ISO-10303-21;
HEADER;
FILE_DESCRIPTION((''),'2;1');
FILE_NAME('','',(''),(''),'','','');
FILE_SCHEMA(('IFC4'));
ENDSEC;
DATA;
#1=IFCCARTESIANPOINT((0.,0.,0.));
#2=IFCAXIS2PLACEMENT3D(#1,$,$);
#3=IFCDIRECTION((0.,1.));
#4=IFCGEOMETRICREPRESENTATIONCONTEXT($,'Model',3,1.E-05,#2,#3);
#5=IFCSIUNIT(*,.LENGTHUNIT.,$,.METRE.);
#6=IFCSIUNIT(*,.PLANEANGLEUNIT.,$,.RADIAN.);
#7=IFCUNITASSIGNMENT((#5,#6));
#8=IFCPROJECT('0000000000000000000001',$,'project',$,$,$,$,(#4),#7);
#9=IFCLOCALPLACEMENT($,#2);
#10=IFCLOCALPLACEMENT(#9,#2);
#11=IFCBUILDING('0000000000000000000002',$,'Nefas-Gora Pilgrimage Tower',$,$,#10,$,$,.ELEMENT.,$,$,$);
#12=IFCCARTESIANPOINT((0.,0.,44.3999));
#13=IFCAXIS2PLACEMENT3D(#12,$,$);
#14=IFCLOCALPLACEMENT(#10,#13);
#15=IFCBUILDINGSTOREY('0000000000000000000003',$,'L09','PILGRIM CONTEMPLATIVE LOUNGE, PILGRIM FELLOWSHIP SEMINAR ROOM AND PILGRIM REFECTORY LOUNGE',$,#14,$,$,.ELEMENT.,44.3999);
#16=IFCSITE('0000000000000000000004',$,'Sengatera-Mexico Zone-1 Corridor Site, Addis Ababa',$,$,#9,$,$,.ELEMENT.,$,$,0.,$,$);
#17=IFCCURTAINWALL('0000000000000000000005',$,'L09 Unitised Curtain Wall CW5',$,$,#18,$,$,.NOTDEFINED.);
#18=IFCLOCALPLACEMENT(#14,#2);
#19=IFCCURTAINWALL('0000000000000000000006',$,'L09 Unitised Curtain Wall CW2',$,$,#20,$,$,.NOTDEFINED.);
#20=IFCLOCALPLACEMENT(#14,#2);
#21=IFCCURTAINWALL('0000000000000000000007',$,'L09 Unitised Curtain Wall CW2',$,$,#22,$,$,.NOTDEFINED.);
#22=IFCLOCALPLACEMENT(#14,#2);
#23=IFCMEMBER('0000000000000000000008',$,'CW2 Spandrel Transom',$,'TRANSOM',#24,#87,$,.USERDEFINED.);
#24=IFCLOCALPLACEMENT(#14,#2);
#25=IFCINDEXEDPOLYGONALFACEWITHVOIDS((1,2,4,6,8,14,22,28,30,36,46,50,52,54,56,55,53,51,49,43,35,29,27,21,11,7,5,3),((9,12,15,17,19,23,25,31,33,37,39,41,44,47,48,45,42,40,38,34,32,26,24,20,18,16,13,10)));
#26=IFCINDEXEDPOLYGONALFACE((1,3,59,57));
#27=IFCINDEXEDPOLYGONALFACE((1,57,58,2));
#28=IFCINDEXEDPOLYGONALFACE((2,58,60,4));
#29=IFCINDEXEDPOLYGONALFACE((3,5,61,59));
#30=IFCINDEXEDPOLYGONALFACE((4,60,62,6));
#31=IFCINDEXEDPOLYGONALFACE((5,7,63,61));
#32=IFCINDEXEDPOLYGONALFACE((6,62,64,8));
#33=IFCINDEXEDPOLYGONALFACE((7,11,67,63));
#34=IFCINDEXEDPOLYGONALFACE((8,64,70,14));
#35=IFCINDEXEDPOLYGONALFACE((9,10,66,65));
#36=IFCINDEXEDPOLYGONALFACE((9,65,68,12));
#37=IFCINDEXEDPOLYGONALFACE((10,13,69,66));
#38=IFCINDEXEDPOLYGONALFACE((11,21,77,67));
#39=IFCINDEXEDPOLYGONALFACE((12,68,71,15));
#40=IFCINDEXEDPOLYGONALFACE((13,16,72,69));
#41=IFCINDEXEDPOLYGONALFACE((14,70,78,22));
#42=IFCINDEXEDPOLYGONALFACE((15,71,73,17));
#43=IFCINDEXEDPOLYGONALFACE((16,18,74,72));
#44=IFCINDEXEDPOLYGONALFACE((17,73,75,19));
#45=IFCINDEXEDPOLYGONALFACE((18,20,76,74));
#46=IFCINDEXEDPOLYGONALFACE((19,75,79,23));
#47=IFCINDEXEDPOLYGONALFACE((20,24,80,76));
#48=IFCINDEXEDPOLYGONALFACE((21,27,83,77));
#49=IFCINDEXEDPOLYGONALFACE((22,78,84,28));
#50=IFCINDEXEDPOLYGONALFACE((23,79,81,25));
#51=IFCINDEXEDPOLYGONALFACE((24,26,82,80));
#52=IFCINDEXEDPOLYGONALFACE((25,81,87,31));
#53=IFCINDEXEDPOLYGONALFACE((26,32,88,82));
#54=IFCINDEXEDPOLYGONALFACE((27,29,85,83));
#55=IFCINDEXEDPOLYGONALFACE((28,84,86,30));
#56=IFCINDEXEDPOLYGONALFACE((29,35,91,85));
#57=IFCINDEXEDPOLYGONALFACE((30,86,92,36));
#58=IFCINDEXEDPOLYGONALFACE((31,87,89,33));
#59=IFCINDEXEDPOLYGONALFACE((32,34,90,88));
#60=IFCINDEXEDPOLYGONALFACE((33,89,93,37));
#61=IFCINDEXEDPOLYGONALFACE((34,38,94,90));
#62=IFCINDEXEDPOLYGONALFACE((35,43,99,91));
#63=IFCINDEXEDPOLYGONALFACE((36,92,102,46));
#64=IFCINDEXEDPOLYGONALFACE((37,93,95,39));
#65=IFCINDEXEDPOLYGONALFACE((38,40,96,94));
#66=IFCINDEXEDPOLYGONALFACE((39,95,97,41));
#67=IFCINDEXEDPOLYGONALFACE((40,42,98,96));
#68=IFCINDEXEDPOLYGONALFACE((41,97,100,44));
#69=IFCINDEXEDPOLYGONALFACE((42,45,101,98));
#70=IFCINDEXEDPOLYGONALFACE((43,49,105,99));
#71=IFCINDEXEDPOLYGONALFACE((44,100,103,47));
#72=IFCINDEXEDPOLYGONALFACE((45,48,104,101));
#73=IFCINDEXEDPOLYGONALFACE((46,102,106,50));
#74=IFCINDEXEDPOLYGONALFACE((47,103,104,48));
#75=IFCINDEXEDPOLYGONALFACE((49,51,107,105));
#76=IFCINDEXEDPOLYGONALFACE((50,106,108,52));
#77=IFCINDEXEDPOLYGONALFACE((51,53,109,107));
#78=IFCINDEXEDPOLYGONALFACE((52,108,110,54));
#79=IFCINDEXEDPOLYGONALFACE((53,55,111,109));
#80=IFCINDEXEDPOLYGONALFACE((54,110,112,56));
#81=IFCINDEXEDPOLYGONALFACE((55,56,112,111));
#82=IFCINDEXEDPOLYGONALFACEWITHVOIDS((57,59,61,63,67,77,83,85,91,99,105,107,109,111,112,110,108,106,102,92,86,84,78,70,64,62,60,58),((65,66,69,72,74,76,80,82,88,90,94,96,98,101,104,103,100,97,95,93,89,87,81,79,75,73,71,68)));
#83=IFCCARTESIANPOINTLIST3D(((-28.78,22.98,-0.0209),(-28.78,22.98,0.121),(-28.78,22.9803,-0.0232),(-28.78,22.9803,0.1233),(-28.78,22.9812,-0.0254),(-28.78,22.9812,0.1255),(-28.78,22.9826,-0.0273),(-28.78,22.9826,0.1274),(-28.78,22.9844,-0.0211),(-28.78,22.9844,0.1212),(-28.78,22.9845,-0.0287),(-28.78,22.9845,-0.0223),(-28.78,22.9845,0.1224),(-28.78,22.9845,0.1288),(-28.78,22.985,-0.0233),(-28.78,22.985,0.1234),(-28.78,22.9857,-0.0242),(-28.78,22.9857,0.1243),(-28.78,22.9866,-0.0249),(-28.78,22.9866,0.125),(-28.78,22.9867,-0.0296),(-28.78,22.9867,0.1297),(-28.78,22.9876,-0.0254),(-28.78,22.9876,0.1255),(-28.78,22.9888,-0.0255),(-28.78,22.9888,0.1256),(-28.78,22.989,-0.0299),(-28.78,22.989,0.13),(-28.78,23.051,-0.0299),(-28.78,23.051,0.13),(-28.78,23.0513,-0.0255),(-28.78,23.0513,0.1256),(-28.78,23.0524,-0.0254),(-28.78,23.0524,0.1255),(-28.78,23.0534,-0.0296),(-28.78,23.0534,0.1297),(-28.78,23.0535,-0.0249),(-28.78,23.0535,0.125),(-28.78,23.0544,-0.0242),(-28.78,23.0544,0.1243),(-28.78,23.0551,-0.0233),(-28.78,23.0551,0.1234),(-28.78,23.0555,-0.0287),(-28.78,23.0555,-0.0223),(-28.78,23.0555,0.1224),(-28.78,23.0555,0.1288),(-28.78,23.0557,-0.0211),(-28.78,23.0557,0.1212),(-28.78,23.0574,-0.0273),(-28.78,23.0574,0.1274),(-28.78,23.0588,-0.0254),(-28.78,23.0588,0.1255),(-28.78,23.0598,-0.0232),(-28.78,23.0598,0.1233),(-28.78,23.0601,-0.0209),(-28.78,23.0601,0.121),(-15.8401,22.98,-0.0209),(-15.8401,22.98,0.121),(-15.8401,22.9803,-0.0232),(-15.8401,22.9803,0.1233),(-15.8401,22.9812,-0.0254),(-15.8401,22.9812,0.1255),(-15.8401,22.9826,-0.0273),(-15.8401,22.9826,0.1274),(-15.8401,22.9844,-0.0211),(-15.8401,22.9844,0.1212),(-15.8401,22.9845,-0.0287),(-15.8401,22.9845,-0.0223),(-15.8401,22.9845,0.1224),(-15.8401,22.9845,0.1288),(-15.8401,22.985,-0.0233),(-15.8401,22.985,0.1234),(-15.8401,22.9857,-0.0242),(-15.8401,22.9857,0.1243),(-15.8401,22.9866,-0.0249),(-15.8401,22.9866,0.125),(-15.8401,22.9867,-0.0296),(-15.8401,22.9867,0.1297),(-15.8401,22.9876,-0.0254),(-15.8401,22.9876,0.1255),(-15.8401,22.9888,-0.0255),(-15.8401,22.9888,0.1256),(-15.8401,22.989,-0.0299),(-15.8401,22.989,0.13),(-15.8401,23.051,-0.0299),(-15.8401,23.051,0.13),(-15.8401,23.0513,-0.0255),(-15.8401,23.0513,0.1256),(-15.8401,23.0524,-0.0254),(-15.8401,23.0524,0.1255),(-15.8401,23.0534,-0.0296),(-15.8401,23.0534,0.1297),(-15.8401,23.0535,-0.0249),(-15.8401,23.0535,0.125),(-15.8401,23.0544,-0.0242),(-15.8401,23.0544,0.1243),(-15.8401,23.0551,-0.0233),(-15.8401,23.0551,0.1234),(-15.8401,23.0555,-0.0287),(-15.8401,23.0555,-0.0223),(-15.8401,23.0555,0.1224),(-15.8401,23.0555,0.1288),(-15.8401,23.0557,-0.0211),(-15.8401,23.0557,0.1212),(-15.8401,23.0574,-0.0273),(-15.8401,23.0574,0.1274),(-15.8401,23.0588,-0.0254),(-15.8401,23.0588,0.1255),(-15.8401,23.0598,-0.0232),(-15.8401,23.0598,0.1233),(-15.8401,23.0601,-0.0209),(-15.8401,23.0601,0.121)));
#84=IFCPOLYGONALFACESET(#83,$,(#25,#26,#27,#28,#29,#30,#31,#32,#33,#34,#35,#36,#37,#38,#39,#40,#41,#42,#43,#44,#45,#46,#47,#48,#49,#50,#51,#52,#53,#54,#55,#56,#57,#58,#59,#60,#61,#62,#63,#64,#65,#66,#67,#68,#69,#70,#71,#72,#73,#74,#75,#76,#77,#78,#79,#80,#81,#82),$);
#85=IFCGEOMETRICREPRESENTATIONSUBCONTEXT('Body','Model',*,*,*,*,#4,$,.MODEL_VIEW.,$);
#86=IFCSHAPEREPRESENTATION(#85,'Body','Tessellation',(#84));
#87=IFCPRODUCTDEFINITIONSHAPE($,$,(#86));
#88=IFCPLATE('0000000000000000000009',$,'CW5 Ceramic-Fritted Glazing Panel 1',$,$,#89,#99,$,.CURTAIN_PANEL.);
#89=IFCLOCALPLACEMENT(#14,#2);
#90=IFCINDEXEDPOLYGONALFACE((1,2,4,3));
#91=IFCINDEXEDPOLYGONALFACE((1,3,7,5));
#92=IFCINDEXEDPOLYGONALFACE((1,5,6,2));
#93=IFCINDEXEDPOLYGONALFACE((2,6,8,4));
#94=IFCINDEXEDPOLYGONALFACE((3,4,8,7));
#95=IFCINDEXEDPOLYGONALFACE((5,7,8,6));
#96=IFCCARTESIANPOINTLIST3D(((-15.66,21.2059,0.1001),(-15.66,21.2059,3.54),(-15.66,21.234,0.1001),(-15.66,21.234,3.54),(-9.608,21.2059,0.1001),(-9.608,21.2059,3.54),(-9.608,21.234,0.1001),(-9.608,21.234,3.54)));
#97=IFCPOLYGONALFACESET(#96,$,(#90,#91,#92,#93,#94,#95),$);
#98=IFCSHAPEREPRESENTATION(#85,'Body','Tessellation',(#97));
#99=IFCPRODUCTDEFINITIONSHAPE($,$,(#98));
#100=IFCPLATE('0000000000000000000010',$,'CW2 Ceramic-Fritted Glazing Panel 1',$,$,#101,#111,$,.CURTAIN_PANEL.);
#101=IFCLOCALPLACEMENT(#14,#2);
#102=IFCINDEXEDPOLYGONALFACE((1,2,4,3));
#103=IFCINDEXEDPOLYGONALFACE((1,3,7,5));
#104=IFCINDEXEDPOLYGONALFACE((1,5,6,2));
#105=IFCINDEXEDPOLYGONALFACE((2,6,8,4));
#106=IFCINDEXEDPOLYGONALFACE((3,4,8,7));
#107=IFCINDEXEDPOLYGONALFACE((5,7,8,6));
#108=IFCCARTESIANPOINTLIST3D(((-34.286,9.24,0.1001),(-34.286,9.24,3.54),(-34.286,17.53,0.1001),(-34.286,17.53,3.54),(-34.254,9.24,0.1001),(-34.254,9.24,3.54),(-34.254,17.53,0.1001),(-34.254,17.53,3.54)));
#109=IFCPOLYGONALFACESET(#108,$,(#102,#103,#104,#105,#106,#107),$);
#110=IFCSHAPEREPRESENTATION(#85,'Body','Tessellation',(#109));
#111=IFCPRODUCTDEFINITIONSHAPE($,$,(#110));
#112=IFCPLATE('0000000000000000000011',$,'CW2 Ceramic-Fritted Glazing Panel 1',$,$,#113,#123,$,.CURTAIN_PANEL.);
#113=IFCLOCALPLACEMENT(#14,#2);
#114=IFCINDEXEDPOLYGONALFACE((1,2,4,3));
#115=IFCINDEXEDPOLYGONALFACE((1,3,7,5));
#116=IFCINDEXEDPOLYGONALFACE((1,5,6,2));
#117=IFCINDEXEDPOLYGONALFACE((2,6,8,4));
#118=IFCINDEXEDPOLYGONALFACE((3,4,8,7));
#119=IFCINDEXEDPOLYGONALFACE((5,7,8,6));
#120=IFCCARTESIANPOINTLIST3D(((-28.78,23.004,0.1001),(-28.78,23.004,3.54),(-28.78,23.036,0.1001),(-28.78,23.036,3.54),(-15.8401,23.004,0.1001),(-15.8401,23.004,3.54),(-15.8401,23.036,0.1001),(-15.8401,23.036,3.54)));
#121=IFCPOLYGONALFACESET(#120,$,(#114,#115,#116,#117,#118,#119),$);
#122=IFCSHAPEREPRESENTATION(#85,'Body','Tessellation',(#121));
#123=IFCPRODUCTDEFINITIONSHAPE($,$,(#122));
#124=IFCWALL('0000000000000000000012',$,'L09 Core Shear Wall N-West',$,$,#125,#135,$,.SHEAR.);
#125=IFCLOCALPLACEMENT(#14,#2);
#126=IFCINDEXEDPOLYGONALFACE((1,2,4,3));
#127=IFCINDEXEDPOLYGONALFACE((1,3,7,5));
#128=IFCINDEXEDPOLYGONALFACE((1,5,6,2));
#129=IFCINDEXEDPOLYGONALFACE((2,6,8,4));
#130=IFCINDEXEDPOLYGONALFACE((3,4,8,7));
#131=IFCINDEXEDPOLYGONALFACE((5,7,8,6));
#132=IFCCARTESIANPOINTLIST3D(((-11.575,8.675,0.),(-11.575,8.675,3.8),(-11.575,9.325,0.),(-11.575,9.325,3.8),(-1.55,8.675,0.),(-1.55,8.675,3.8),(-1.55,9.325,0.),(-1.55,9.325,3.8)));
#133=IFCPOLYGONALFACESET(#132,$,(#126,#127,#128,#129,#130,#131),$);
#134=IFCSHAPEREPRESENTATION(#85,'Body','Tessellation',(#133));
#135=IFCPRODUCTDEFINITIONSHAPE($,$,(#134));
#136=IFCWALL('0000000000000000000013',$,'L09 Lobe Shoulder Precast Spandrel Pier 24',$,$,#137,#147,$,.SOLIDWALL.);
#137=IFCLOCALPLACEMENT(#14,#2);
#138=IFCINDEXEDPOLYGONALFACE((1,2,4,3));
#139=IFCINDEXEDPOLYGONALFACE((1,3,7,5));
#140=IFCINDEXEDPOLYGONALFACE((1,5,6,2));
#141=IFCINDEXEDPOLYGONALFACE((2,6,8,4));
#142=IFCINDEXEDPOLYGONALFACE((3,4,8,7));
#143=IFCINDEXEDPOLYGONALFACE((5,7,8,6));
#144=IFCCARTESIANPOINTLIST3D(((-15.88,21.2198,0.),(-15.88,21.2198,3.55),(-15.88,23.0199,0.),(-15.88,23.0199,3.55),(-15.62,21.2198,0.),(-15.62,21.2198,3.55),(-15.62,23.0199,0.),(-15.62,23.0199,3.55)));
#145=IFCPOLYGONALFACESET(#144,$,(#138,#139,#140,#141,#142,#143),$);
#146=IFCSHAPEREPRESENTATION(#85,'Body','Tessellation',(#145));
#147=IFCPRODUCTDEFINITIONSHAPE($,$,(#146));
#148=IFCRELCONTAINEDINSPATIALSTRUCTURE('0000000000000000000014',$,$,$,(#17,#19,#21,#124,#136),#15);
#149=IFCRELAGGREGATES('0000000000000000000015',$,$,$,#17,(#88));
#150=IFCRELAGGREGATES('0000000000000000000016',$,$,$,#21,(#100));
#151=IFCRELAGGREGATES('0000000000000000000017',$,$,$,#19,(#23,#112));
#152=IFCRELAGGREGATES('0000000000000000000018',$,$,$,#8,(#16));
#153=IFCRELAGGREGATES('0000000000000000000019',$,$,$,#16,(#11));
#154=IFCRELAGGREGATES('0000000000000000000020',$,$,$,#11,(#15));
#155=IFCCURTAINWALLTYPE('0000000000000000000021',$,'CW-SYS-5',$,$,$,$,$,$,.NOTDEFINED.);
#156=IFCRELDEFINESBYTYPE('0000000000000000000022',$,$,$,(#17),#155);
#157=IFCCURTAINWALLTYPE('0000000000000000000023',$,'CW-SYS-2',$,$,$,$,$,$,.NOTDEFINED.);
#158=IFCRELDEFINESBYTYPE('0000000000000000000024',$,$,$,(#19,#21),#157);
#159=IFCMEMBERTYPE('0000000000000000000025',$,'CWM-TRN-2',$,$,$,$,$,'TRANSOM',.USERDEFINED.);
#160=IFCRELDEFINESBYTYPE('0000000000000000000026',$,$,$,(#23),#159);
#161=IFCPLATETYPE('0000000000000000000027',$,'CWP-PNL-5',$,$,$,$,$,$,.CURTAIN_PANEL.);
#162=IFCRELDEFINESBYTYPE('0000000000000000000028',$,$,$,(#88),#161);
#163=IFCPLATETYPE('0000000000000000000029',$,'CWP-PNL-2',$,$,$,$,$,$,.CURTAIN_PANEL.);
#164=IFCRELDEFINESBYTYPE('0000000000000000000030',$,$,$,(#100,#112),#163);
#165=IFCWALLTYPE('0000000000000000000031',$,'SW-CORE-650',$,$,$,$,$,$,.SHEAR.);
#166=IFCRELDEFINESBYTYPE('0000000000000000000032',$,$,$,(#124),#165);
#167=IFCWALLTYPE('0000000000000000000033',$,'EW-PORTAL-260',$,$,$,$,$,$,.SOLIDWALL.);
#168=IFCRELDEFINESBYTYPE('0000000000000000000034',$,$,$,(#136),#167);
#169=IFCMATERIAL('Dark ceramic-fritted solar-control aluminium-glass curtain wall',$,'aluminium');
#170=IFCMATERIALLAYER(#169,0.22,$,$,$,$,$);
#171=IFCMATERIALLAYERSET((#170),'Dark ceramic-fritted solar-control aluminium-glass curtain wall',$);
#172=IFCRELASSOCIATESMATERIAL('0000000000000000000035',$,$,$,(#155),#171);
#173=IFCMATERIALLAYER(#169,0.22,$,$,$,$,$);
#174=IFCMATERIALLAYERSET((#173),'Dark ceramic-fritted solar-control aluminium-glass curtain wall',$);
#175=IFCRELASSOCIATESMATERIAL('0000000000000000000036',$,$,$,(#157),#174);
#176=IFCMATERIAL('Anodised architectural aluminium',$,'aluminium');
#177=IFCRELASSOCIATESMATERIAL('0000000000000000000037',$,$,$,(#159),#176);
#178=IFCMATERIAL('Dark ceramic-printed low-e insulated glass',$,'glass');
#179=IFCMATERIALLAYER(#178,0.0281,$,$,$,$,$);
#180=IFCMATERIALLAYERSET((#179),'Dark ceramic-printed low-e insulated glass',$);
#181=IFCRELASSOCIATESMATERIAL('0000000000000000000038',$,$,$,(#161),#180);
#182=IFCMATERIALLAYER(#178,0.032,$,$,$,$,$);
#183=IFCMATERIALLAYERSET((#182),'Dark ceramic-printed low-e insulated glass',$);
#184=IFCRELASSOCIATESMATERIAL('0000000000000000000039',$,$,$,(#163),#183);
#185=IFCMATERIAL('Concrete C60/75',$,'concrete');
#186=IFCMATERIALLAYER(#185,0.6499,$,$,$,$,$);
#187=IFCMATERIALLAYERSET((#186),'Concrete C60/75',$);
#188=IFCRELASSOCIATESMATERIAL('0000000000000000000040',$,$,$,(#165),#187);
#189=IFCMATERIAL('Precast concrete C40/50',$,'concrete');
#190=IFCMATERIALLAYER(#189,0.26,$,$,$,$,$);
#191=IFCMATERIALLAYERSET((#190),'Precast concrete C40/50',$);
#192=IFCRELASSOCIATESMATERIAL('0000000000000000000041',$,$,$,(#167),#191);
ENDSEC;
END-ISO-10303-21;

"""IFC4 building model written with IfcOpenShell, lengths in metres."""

from ifc_helpers import new_model, si_unit, direction, frame, frame_2d, origin, origin_2d, place, context, subcontext, project, spatial, rectangle, hollow_rectangle, extrude, source, transform, mapped, material, layer, layer_set, material_profile, profile_set, type_object, element, aggregate, save


model = new_model("IFC4")

# Units and contexts
model_context = context("Model", 3, precision=1e-05, world=origin(), true_north=direction((0.0, 1.0)))
body_context = subcontext(model_context, "Body", "Model", "MODEL_VIEW")
ifc_project = project(units=[si_unit("LENGTHUNIT", "METRE"), si_unit("PLANEANGLEUNIT", "RADIAN")], contexts=[model_context])

# Site, building, storey
site_placement = place(None, origin())
site = spatial("IfcSite", under=ifc_project, at=site_placement, Name="Sengatera-Mexico Zone-1 Corridor Site, Addis Ababa", CompositionType="ELEMENT", RefElevation=0.0)
building_placement = place(site_placement, origin())
building = spatial("IfcBuilding", under=site, at=building_placement, Name="Nefas-Gora Pilgrimage Tower", CompositionType="ELEMENT")
storey_placement = place(building_placement, frame((0.0, 0.0, 44.3999)))
storey = spatial("IfcBuildingStorey", under=building, at=storey_placement, Name="L09", Description="PILGRIM CONTEMPLATIVE LOUNGE, PILGRIM FELLOWSHIP SEMINAR ROOM AND PILGRIM REFECTORY LOUNGE", CompositionType="ELEMENT", Elevation=44.3999)

# Curtain wall
ifc_material_1 = material(Name="Dark ceramic-fritted solar-control aluminium-glass curtain wall", Category="aluminium")
ifc_layer_1 = layer(ifc_material_1, 0.22)
ifc_layer_set_1 = layer_set([ifc_layer_1], Name="Dark ceramic-fritted solar-control aluminium-glass curtain wall")
curtain_wall_type_1 = type_object("IfcCurtainWallType", Name="CW-SYS-5", PredefinedType="NOTDEFINED", material=ifc_layer_set_1)
curtain_wall_1_placement = place(storey_placement, origin())
curtain_wall_1 = element("IfcCurtainWall", 1, at=curtain_wall_1_placement, inside=storey, type_object=curtain_wall_type_1, Name="L09 Unitised Curtain Wall CW5", PredefinedType="NOTDEFINED")
ifc_material_2 = material(Name="Anodised architectural aluminium", Category="aluminium")

# Curtain walls
ifc_layer_2 = layer(ifc_material_1, 0.22)
ifc_layer_set_2 = layer_set([ifc_layer_2], Name="Dark ceramic-fritted solar-control aluminium-glass curtain wall")
curtain_wall_type_2 = type_object("IfcCurtainWallType", Name="CW-SYS-2", PredefinedType="NOTDEFINED", material=ifc_layer_set_2)
curtain_wall_2_placement = place(storey_placement, origin())
curtain_wall_2 = element("IfcCurtainWall", 2, at=curtain_wall_2_placement, inside=storey, type_object=curtain_wall_type_2, Name="L09 Unitised Curtain Wall CW2", PredefinedType="NOTDEFINED")
curtain_wall_3_placement = place(storey_placement, origin())
curtain_wall_3 = element("IfcCurtainWall", 3, at=curtain_wall_3_placement, inside=storey, type_object=curtain_wall_type_2, Name="L09 Unitised Curtain Wall CW2", PredefinedType="NOTDEFINED")
ifc_material_profile_1 = material_profile(ifc_material_2, hollow_rectangle(XDim=0.0801, YDim=0.1599, WallThickness=0.0044, InnerFilletRadius=0.0044, OuterFilletRadius=0.009, at=origin_2d()), Name="ALU TRANSOM 80x160")
ifc_profile_set_1 = profile_set([ifc_material_profile_1], Name="Anodised architectural aluminium")
member_type_1 = type_object("IfcMemberType", Name="CWM-TRN-2", ElementType="TRANSOM", PredefinedType="USERDEFINED", material=ifc_profile_set_1)

# Member
shared_shape_1 = source(origin(), body_context, "Body", "SweptSolid", [
    extrude(hollow_rectangle(XDim=0.0801, YDim=0.1599, WallThickness=0.0044, InnerFilletRadius=0.0044, OuterFilletRadius=0.009, at=origin_2d()), origin(), (0.0, 0.0, 1.0), 12.9399),
])
member_1_placement = place(storey_placement, frame((-15.8401, 23.02, 0.05), z_axis=(-1.0, 0.0, 0.0), x_axis=(0.0, -1.0, 0.0)))
member_1 = element("IfcMember", 4, at=member_1_placement, type_object=member_type_1, Name="CW2 Spandrel Transom", ObjectType="TRANSOM", PredefinedType="USERDEFINED", context=body_context, shape_type="MappedRepresentation", body=[
    mapped(shared_shape_1, transform((0.0, 0.0, 0.0), x_axis=(1.0, 0.0, 0.0), y_axis=(0.0, 1.0, 0.0), z_axis=(0.0, 0.0, 1.0), scale=1.0)),
])

# Plates
ifc_material_3 = material(Name="Dark ceramic-printed low-e insulated glass", Category="glass")
ifc_layer_3 = layer(ifc_material_3, 0.0281)
ifc_layer_set_3 = layer_set([ifc_layer_3], Name="Dark ceramic-printed low-e insulated glass")
plate_type_1 = type_object("IfcPlateType", Name="CWP-PNL-5", PredefinedType="CURTAIN_PANEL", material=ifc_layer_set_3)
shared_shape_2 = source(origin(), body_context, "Body", "SweptSolid", [
    extrude(rectangle(XDim=6.052, YDim=0.0281, at=origin_2d()), origin(), (0.0, 0.0, 1.0), 3.4399),
])
plate_1_placement = place(storey_placement, frame((-12.634, 21.22, 0.1001), z_axis=(0.0, 0.0, 1.0), x_axis=(-1.0, 0.0, 0.0)))
plate_1 = element("IfcPlate", 5, at=plate_1_placement, type_object=plate_type_1, Name="CW5 Ceramic-Fritted Glazing Panel 1", PredefinedType="CURTAIN_PANEL", context=body_context, shape_type="MappedRepresentation", body=[
    mapped(shared_shape_2, transform((0.0, 0.0, 0.0), x_axis=(1.0, 0.0, 0.0), y_axis=(0.0, 1.0, 0.0), z_axis=(0.0, 0.0, 1.0), scale=1.0)),
])
aggregate(curtain_wall_1, [plate_1])
ifc_layer_4 = layer(ifc_material_3, 0.032)
ifc_layer_set_4 = layer_set([ifc_layer_4], Name="Dark ceramic-printed low-e insulated glass")
plate_type_2 = type_object("IfcPlateType", Name="CWP-PNL-2", PredefinedType="CURTAIN_PANEL", material=ifc_layer_set_4)
shared_shape_3 = source(origin(), body_context, "Body", "SweptSolid", [
    extrude(rectangle(XDim=8.29, YDim=0.032, at=origin_2d()), origin(), (0.0, 0.0, 1.0), 3.4399),
])
plate_2_placement = place(storey_placement, frame((-34.27, 13.385, 0.1001), z_axis=(0.0, 0.0, 1.0), x_axis=(0.0, -1.0, 0.0)))
plate_2 = element("IfcPlate", 6, at=plate_2_placement, type_object=plate_type_2, Name="CW2 Ceramic-Fritted Glazing Panel 1", PredefinedType="CURTAIN_PANEL", context=body_context, shape_type="MappedRepresentation", body=[
    mapped(shared_shape_3, transform((0.0, 0.0, 0.0), x_axis=(1.0, 0.0, 0.0), y_axis=(0.0, 1.0, 0.0), z_axis=(0.0, 0.0, 1.0), scale=1.0)),
])
aggregate(curtain_wall_3, [plate_2])
shared_shape_4 = source(origin(), body_context, "Body", "SweptSolid", [
    extrude(rectangle(XDim=12.9399, YDim=0.032, at=origin_2d()), origin(), (0.0, 0.0, 1.0), 3.4399),
])
plate_3_placement = place(storey_placement, frame((-22.3101, 23.02, 0.1001), z_axis=(0.0, 0.0, 1.0), x_axis=(-1.0, 0.0, 0.0)))
plate_3 = element("IfcPlate", 7, at=plate_3_placement, type_object=plate_type_2, Name="CW2 Ceramic-Fritted Glazing Panel 1", PredefinedType="CURTAIN_PANEL", context=body_context, shape_type="MappedRepresentation", body=[
    mapped(shared_shape_4, transform((0.0, 0.0, 0.0), x_axis=(1.0, 0.0, 0.0), y_axis=(0.0, 1.0, 0.0), z_axis=(0.0, 0.0, 1.0), scale=1.0)),
])
aggregate(curtain_wall_2, [member_1, plate_3])

# Walls
ifc_material_4 = material(Name="Concrete C60/75", Category="concrete")
ifc_layer_5 = layer(ifc_material_4, 0.6499)
ifc_layer_set_5 = layer_set([ifc_layer_5], Name="Concrete C60/75")
wall_type_1 = type_object("IfcWallType", Name="SW-CORE-650", PredefinedType="SHEAR", material=ifc_layer_set_5)
shared_shape_5 = source(origin(), body_context, "Body", "SweptSolid", [
    extrude(rectangle(XDim=10.0249, YDim=0.6499, at=frame_2d((5.0125, 0.0))), origin(), (0.0, 0.0, 1.0), 3.8),
])
wall_1_placement = place(storey_placement, frame((-11.575, 9.0, 0.0), z_axis=(0.0, 0.0, 1.0), x_axis=(1.0, 0.0, 0.0)))
element("IfcWall", 8, at=wall_1_placement, inside=storey, type_object=wall_type_1, Name="L09 Core Shear Wall N-West", PredefinedType="SHEAR", context=body_context, shape_type="MappedRepresentation", body=[
    mapped(shared_shape_5, transform((0.0, 0.0, 0.0), x_axis=(1.0, 0.0, 0.0), y_axis=(0.0, 1.0, 0.0), z_axis=(0.0, 0.0, 1.0), scale=1.0)),
])
ifc_material_5 = material(Name="Precast concrete C40/50", Category="concrete")
ifc_layer_6 = layer(ifc_material_5, 0.26)
ifc_layer_set_6 = layer_set([ifc_layer_6], Name="Precast concrete C40/50")
wall_type_2 = type_object("IfcWallType", Name="EW-PORTAL-260", PredefinedType="SOLIDWALL", material=ifc_layer_set_6)
shared_shape_6 = source(origin(), body_context, "Body", "SweptSolid", [
    extrude(rectangle(XDim=1.8, YDim=0.26, at=frame_2d((0.8999, 0.0))), origin(), (0.0, 0.0, 1.0), 3.55),
])
wall_2_placement = place(storey_placement, frame((-15.75, 21.22, 0.0), z_axis=(0.0, 0.0, 1.0), x_axis=(0.0, 1.0, 0.0)))
element("IfcWall", 9, at=wall_2_placement, inside=storey, type_object=wall_type_2, Name="L09 Lobe Shoulder Precast Spandrel Pier 24", PredefinedType="SOLIDWALL", context=body_context, shape_type="MappedRepresentation", body=[
    mapped(shared_shape_6, transform((0.0, 0.0, 0.0), x_axis=(1.0, 0.0, 0.0), y_axis=(0.0, 1.0, 0.0), z_axis=(0.0, 0.0, 1.0), scale=1.0)),
])

save(model, "model.ifc")
